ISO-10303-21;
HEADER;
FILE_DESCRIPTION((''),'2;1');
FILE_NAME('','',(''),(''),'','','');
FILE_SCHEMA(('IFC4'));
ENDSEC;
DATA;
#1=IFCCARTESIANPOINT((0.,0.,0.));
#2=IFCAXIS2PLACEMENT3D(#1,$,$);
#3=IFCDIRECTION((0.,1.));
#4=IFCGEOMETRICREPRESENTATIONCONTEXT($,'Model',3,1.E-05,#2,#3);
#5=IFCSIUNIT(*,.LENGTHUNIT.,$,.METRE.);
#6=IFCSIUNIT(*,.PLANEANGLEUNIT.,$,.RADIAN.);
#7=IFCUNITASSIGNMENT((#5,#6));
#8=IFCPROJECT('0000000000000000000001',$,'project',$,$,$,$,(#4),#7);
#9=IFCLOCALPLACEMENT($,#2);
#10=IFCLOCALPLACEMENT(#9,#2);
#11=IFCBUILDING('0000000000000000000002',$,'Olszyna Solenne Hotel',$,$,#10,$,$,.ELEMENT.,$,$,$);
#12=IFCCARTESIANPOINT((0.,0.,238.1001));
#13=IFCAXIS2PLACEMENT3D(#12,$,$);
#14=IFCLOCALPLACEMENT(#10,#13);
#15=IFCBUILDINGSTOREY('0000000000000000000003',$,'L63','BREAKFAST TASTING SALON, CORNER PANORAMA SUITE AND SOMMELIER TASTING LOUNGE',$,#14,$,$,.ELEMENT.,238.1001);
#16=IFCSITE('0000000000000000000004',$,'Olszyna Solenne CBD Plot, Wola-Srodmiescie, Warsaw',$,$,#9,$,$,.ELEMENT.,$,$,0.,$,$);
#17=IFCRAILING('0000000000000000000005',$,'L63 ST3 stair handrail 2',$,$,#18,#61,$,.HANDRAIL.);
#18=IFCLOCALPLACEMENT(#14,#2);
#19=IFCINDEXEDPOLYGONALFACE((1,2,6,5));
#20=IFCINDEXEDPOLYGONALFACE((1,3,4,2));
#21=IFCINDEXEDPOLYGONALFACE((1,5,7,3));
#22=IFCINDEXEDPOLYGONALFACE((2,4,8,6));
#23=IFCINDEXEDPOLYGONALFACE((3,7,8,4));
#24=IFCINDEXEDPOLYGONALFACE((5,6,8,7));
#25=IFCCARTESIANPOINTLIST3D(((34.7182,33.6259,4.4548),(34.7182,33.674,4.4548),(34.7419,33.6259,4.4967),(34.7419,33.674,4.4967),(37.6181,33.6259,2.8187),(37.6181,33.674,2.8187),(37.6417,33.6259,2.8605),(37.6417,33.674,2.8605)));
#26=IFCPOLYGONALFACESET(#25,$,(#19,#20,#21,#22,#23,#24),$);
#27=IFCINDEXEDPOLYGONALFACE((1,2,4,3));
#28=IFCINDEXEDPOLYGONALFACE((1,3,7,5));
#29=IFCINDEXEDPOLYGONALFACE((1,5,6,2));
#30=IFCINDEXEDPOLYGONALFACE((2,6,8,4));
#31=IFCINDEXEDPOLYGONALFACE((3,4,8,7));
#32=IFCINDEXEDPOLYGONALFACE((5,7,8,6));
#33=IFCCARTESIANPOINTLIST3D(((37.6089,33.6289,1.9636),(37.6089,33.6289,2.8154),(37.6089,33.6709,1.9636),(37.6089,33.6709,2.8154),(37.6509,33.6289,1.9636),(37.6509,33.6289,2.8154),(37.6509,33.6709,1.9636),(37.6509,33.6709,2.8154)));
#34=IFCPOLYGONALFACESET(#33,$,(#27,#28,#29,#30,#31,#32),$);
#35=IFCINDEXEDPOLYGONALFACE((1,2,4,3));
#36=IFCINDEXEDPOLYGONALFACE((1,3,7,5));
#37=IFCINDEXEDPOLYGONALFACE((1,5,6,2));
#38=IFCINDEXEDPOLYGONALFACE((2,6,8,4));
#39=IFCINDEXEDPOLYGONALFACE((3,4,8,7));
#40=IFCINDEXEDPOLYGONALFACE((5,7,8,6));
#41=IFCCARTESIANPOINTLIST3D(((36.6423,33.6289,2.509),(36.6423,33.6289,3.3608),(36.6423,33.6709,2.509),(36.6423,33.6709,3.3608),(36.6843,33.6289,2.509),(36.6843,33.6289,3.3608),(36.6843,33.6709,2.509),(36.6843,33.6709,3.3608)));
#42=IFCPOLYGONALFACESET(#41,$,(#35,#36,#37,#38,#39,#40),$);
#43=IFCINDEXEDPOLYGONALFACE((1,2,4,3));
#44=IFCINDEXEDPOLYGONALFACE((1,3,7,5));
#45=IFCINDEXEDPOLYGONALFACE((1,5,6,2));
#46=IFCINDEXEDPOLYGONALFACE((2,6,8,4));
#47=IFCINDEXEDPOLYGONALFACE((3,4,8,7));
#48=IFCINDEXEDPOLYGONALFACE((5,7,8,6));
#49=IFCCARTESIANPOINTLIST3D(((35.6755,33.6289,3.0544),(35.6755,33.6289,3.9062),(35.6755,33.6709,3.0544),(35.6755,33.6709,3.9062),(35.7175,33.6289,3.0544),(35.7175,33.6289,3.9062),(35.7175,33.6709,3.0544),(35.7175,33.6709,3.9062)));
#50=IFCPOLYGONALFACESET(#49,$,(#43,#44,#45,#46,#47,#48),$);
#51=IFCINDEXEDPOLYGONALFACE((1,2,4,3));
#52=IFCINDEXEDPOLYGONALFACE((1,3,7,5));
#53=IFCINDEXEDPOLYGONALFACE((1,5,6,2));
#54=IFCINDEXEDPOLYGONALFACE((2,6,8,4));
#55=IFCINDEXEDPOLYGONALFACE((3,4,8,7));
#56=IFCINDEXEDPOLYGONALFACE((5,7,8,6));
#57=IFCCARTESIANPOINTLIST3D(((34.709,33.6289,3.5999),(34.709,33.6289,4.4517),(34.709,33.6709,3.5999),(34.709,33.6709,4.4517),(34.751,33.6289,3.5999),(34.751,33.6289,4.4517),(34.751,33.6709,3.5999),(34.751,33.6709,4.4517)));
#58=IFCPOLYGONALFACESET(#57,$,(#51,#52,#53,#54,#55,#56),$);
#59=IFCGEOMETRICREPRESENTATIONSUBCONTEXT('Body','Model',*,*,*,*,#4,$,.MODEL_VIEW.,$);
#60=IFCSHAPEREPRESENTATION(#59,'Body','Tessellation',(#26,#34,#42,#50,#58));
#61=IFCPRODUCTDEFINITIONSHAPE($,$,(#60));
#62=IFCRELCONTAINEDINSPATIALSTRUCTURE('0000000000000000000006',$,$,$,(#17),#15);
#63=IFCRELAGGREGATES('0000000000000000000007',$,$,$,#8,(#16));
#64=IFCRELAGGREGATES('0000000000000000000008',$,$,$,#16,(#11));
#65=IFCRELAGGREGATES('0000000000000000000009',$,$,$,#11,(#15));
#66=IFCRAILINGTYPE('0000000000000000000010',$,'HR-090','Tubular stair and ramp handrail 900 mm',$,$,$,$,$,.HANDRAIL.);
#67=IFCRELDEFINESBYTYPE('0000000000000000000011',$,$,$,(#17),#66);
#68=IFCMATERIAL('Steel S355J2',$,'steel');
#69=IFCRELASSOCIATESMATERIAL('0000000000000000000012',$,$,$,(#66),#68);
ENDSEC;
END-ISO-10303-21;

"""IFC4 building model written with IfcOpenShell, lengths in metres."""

from ifc_helpers import new_model, si_unit, direction, frame, origin, origin_2d, place, context, subcontext, project, spatial, rectangle, extrude, material, type_object, element, save


model = new_model("IFC4")

# Units and contexts
model_context = context("Model", 3, precision=1e-05, world=origin(), true_north=direction((0.0, 1.0)))
body_context = subcontext(model_context, "Body", "Model", "MODEL_VIEW")
ifc_project = project(units=[si_unit("LENGTHUNIT", "METRE"), si_unit("PLANEANGLEUNIT", "RADIAN")], contexts=[model_context])

# Site, building, storey
site_placement = place(None, origin())
site = spatial("IfcSite", under=ifc_project, at=site_placement, Name="Olszyna Solenne CBD Plot, Wola-Srodmiescie, Warsaw", CompositionType="ELEMENT", RefElevation=0.0)
building_placement = place(site_placement, origin())
building = spatial("IfcBuilding", under=site, at=building_placement, Name="Olszyna Solenne Hotel", CompositionType="ELEMENT")
storey_placement = place(building_placement, frame((0.0, 0.0, 238.1001)))
storey = spatial("IfcBuildingStorey", under=building, at=storey_placement, Name="L63", Description="BREAKFAST TASTING SALON, CORNER PANORAMA SUITE AND SOMMELIER TASTING LOUNGE", CompositionType="ELEMENT", Elevation=238.1001)

# Shared definitions
ifc_material_1 = material(Name="Steel S355J2", Category="steel")

# Railing
railing_type_1 = type_object("IfcRailingType", Name="HR-090", Description="Tubular stair and ramp handrail 900 mm", PredefinedType="HANDRAIL", material=ifc_material_1)
railing_1_placement = place(storey_placement, frame((37.6299, 33.6499, 1.9636)))
element("IfcRailing", 1, at=railing_1_placement, inside=storey, type_object=railing_type_1, Name="L63 ST3 stair handrail 2", PredefinedType="HANDRAIL", context=body_context, shape_type="SweptSolid", body=[
    extrude(rectangle(XDim=0.0481, YDim=0.0481, at=origin_2d()), frame((0.0, 0.0, 0.876), z_axis=(-0.870929, 0.0, 0.49141), x_axis=(0.0, -1.0, 0.0)), (0.0, 0.0, 1.0), 3.3296),
    extrude(rectangle(XDim=0.042, YDim=0.042, at=origin_2d()), origin(), (0.0, 0.0, 1.0), 0.8518),
    extrude(rectangle(XDim=0.042, YDim=0.042, at=origin_2d()), frame((-0.9666, 0.0, 0.5454)), (0.0, 0.0, 1.0), 0.8518),
    extrude(rectangle(XDim=0.042, YDim=0.042, at=origin_2d()), frame((-1.9333, 0.0, 1.0908)), (0.0, 0.0, 1.0), 0.8518),
    extrude(rectangle(XDim=0.042, YDim=0.042, at=origin_2d()), frame((-2.8999, 0.0, 1.6362)), (0.0, 0.0, 1.0), 0.8518),
])

save(model, "model.ifc")
